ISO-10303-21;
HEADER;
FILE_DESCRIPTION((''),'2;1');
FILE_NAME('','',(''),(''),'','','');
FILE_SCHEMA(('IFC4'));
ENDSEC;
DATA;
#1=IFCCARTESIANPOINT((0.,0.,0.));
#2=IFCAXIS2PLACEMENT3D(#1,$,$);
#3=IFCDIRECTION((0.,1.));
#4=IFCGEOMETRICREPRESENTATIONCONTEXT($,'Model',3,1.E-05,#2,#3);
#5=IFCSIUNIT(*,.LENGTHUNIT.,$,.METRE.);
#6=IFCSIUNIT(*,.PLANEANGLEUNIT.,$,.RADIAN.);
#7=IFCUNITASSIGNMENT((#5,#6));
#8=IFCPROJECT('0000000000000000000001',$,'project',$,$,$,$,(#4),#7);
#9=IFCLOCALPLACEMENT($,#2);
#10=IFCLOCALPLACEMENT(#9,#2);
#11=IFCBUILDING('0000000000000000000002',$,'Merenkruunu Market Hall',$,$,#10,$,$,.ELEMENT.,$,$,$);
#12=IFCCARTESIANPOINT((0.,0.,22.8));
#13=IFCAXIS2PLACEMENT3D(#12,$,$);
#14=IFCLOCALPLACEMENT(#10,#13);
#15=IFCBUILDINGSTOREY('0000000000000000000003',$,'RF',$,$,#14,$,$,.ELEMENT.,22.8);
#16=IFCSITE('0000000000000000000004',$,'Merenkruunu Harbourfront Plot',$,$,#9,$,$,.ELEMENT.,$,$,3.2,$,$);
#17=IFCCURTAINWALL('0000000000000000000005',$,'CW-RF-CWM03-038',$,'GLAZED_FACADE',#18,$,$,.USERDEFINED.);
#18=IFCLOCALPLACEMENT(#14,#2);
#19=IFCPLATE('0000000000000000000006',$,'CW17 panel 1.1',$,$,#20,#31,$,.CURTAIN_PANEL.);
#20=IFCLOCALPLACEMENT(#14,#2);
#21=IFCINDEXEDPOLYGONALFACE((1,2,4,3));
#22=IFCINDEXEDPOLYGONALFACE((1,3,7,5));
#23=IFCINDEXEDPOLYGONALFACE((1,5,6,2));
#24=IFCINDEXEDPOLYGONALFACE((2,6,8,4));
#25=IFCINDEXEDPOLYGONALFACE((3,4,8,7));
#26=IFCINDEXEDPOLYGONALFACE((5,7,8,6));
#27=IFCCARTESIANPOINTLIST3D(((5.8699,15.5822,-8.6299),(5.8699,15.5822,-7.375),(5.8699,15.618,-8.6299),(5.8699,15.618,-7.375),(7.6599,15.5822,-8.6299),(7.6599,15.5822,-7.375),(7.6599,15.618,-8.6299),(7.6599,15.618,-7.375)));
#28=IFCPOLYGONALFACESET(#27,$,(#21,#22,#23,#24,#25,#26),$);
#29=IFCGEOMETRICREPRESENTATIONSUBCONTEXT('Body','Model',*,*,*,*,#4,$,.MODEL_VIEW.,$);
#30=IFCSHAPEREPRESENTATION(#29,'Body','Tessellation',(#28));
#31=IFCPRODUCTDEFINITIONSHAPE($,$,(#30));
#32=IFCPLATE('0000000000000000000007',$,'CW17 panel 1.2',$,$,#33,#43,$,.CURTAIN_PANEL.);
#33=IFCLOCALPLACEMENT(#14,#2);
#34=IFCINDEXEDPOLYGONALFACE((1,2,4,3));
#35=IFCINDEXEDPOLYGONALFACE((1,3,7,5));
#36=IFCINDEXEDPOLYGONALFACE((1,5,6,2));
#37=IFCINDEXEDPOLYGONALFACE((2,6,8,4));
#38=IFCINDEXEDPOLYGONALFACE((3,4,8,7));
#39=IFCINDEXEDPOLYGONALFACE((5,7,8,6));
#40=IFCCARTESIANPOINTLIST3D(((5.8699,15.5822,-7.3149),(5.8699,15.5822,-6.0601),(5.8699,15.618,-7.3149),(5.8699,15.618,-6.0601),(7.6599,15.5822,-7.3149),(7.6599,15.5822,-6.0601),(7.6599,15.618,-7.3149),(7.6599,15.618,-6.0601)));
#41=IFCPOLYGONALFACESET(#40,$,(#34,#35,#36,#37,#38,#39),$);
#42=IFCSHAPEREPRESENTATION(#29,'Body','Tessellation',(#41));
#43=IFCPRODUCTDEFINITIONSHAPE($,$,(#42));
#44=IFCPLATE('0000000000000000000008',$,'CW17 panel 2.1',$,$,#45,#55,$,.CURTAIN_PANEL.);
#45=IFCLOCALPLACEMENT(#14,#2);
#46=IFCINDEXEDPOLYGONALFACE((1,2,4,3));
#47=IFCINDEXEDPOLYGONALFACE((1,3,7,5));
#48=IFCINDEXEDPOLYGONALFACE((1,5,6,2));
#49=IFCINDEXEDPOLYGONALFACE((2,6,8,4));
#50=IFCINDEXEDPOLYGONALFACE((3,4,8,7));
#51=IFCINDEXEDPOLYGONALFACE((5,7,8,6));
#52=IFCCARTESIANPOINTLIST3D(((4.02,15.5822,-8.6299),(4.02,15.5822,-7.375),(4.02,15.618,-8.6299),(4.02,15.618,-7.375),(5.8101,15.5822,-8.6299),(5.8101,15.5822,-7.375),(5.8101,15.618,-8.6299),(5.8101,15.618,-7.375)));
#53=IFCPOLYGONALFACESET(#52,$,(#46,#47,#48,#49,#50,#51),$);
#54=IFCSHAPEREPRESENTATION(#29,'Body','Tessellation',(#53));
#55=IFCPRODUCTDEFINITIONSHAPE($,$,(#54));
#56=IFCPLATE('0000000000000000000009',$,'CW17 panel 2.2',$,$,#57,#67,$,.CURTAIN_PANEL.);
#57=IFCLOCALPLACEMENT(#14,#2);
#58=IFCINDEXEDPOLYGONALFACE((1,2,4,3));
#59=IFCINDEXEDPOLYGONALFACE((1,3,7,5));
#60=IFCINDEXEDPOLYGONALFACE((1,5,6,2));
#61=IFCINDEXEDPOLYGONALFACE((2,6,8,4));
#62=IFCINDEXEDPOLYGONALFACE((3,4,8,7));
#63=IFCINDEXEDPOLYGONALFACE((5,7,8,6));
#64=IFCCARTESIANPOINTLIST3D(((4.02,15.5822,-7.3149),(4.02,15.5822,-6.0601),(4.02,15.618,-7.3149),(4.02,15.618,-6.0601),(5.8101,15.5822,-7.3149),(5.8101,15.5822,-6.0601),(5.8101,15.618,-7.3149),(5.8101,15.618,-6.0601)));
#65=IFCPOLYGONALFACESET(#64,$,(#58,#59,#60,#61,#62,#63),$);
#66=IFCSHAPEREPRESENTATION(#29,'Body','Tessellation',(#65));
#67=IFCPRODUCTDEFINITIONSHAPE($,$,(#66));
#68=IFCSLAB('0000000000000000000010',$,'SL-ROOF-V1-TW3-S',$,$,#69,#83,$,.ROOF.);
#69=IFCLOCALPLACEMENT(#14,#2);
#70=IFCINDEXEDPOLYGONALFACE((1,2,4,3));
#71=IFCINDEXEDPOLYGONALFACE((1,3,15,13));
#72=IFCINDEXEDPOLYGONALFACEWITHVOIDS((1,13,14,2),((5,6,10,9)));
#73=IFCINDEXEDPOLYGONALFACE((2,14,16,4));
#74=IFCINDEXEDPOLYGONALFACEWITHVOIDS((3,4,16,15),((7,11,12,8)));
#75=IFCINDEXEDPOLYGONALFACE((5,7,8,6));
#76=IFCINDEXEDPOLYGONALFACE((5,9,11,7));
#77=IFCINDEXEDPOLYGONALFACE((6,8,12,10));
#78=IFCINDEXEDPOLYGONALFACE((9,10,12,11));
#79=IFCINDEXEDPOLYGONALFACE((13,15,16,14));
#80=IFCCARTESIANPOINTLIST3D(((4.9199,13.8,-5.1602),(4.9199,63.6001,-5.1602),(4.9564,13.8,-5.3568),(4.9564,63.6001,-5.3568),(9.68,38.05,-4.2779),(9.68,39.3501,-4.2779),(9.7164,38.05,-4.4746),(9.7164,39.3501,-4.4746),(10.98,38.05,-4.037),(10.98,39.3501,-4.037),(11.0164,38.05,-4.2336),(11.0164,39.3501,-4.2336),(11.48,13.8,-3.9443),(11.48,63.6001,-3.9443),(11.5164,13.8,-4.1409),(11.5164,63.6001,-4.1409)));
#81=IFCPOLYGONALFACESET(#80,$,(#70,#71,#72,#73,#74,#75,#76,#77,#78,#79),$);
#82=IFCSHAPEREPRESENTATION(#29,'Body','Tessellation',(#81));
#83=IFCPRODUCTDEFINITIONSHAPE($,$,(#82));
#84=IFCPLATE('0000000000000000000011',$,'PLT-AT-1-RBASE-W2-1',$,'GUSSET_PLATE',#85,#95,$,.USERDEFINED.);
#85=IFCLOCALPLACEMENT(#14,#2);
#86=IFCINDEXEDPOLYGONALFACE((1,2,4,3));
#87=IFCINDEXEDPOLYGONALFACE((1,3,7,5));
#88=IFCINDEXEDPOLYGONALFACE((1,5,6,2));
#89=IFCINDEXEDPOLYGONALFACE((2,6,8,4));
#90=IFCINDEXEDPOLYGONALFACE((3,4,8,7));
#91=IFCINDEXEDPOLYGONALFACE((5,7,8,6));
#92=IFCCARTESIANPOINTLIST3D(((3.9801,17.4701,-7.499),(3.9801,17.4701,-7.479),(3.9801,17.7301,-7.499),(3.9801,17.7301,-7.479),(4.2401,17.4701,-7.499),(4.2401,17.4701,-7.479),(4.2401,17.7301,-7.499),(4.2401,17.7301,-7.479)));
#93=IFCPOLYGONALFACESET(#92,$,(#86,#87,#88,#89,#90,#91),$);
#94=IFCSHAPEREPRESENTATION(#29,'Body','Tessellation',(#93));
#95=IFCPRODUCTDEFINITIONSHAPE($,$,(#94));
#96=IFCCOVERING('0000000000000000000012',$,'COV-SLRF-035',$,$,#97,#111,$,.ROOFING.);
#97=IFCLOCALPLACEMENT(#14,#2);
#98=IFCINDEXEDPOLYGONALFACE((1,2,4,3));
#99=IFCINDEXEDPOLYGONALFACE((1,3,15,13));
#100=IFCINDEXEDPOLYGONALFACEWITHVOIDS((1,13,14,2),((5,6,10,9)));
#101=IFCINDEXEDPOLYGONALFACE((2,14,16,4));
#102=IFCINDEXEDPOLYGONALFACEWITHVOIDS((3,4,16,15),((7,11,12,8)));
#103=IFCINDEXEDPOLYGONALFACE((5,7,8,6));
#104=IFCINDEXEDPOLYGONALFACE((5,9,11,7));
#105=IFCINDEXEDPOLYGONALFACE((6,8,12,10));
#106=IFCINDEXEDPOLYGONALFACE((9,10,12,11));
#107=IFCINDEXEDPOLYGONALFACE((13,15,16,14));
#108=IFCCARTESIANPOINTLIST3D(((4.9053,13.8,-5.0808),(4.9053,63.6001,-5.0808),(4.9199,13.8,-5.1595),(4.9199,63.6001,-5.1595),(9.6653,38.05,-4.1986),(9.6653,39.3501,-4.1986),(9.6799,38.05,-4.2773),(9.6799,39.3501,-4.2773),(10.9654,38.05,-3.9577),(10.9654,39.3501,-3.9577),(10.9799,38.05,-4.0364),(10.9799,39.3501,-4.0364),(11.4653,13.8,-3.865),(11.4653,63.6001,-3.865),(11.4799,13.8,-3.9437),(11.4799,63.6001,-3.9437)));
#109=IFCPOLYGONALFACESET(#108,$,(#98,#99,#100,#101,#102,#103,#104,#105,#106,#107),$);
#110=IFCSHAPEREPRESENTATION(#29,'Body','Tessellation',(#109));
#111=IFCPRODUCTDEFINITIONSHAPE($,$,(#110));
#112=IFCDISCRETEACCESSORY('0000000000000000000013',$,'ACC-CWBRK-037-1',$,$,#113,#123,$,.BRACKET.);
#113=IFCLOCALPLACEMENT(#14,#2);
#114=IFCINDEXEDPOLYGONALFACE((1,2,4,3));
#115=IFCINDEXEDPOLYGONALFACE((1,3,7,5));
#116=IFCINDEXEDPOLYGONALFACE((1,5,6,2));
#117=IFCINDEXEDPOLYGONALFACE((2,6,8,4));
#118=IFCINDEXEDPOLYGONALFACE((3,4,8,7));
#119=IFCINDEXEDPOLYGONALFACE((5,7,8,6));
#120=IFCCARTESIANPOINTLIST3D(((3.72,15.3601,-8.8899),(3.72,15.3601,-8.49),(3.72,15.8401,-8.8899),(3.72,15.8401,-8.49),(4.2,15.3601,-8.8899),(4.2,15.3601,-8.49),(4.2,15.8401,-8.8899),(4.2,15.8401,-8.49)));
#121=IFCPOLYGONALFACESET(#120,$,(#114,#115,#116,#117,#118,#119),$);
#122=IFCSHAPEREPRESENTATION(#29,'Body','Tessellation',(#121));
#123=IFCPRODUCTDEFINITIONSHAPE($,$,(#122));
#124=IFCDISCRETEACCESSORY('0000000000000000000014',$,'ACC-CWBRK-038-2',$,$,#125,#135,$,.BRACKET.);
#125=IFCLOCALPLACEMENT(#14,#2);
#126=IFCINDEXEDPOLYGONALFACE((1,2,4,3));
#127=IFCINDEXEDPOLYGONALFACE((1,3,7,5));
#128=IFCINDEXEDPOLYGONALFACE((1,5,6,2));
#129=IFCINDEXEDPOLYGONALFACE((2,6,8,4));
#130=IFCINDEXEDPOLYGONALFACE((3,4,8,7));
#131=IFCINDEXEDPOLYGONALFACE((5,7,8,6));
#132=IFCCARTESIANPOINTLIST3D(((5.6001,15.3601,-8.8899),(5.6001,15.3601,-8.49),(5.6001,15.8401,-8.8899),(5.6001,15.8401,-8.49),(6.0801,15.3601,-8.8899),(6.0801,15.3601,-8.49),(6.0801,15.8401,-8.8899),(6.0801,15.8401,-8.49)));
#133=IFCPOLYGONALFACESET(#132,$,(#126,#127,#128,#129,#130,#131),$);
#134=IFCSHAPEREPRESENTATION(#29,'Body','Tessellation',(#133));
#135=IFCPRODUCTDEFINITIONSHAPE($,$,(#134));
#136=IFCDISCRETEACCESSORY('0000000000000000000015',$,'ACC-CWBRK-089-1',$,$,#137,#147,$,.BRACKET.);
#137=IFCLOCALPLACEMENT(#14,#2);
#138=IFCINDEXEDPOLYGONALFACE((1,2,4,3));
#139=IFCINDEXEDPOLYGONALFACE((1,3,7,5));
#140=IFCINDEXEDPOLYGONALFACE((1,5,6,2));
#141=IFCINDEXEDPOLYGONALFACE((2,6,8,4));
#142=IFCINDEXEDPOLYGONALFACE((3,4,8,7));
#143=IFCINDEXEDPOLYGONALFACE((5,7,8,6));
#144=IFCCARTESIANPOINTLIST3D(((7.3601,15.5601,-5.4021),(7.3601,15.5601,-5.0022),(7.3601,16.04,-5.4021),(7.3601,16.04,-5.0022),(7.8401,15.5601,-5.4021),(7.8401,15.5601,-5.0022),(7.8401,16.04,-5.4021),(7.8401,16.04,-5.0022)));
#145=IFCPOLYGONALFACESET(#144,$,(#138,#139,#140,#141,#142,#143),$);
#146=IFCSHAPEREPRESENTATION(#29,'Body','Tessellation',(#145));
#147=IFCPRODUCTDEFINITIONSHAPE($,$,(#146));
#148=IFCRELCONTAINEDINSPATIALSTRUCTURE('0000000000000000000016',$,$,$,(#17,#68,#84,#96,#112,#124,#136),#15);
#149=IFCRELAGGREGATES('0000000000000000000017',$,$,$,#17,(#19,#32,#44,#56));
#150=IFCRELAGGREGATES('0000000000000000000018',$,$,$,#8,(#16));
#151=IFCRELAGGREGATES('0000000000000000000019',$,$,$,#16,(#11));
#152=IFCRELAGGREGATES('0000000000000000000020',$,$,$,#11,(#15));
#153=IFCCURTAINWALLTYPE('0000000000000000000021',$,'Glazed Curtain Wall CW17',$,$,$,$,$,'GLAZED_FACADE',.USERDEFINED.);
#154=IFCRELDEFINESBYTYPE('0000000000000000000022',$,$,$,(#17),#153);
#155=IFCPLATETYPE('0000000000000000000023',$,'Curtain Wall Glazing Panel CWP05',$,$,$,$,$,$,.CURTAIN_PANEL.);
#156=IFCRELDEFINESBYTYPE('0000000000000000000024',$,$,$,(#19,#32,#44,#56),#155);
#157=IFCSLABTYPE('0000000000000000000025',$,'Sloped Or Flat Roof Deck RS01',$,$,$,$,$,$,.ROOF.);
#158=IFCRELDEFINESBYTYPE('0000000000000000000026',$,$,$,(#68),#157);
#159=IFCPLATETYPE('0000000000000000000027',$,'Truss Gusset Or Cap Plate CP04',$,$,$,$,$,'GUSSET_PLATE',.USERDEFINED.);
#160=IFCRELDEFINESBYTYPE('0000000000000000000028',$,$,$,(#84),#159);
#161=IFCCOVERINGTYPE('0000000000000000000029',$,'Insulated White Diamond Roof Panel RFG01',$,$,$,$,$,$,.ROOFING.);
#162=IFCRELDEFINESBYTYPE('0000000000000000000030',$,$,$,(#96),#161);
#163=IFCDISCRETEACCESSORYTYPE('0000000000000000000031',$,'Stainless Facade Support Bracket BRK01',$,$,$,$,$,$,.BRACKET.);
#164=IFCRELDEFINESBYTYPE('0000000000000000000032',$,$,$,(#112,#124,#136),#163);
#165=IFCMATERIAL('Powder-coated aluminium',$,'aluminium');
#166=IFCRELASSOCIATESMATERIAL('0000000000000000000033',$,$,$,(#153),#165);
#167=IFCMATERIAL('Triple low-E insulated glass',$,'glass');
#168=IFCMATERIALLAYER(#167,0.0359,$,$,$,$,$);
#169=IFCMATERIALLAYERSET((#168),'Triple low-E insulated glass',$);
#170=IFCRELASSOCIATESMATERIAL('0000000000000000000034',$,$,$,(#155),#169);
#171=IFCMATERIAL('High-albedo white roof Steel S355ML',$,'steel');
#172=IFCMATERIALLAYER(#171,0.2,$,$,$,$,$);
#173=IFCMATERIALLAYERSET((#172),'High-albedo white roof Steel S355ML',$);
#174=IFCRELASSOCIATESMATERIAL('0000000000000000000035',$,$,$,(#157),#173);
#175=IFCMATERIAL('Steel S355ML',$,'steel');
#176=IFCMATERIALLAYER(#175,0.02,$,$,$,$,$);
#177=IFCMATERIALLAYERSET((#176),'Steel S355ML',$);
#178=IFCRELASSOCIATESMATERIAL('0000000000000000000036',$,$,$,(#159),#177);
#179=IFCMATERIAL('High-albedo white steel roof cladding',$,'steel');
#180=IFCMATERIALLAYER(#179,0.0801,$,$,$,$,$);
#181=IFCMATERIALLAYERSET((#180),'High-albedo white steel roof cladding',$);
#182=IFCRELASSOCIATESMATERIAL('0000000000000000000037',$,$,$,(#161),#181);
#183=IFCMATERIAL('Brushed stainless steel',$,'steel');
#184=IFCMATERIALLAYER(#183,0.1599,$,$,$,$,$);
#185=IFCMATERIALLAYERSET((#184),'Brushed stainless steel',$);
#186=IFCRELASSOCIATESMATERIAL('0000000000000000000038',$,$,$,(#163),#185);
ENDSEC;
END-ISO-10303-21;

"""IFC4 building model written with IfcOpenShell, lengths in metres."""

from ifc_helpers import new_model, si_unit, direction, frame, origin, origin_2d, place, context, subcontext, project, spatial, polyline, rectangle, outline, extrude, material, layer, layer_set, type_object, element, aggregate, save


model = new_model("IFC4")

# Units and contexts
model_context = context("Model", 3, precision=1e-05, world=origin(), true_north=direction((0.0, 1.0)))
body_context = subcontext(model_context, "Body", "Model", "MODEL_VIEW")
ifc_project = project(units=[si_unit("LENGTHUNIT", "METRE"), si_unit("PLANEANGLEUNIT", "RADIAN")], contexts=[model_context])

# Site, building, storey
site_placement = place(None, origin())
site = spatial("IfcSite", under=ifc_project, at=site_placement, Name="Merenkruunu Harbourfront Plot", CompositionType="ELEMENT", RefElevation=3.2)
building_placement = place(site_placement, origin())
building = spatial("IfcBuilding", under=site, at=building_placement, Name="Merenkruunu Market Hall", CompositionType="ELEMENT")
storey_placement = place(building_placement, frame((0.0, 0.0, 22.8)))
storey = spatial("IfcBuildingStorey", under=building, at=storey_placement, Name="RF", CompositionType="ELEMENT", Elevation=22.8)

# Shared definitions
ifc_material_1 = material(Name="Powder-coated aluminium", Category="aluminium")

# Curtain wall
curtain_wall_type_1 = type_object("IfcCurtainWallType", Name="Glazed Curtain Wall CW17", ElementType="GLAZED_FACADE", PredefinedType="USERDEFINED", material=ifc_material_1)
curtain_wall_1_placement = place(storey_placement, origin())
curtain_wall_1 = element("IfcCurtainWall", 1, at=curtain_wall_1_placement, inside=storey, type_object=curtain_wall_type_1, Name="CW-RF-CWM03-038", ObjectType="GLAZED_FACADE", PredefinedType="USERDEFINED")

# Plates
ifc_material_2 = material(Name="Triple low-E insulated glass", Category="glass")
ifc_layer_1 = layer(ifc_material_2, 0.0359)
ifc_layer_set_1 = layer_set([ifc_layer_1], Name="Triple low-E insulated glass")
plate_type_1 = type_object("IfcPlateType", Name="Curtain Wall Glazing Panel CWP05", PredefinedType="CURTAIN_PANEL", material=ifc_layer_set_1)
plate_1_placement = place(storey_placement, frame((6.7649, 15.6001, -8.6299), z_axis=(0.0, 0.0, 1.0), x_axis=(-1.0, 0.0, 0.0)))
plate_1 = element("IfcPlate", 2, at=plate_1_placement, type_object=plate_type_1, Name="CW17 panel 1.1", PredefinedType="CURTAIN_PANEL", context=body_context, shape_type="SweptSolid", body=[
    extrude(rectangle(XDim=1.79, YDim=0.0359, at=origin_2d()), origin(), (0.0, 0.0, 1.0), 1.2549),
])
plate_2_placement = place(storey_placement, frame((6.7649, 15.6001, -7.3149), z_axis=(0.0, 0.0, 1.0), x_axis=(-1.0, 0.0, 0.0)))
plate_2 = element("IfcPlate", 3, at=plate_2_placement, type_object=plate_type_1, Name="CW17 panel 1.2", PredefinedType="CURTAIN_PANEL", context=body_context, shape_type="SweptSolid", body=[
    extrude(rectangle(XDim=1.79, YDim=0.0359, at=origin_2d()), origin(), (0.0, 0.0, 1.0), 1.2549),
])
plate_3_placement = place(storey_placement, frame((4.915, 15.6001, -8.6299), z_axis=(0.0, 0.0, 1.0), x_axis=(-1.0, 0.0, 0.0)))
plate_3 = element("IfcPlate", 4, at=plate_3_placement, type_object=plate_type_1, Name="CW17 panel 2.1", PredefinedType="CURTAIN_PANEL", context=body_context, shape_type="SweptSolid", body=[
    extrude(rectangle(XDim=1.79, YDim=0.0359, at=origin_2d()), origin(), (0.0, 0.0, 1.0), 1.2549),
])
plate_4_placement = place(storey_placement, frame((4.915, 15.6001, -7.3149), z_axis=(0.0, 0.0, 1.0), x_axis=(-1.0, 0.0, 0.0)))
plate_4 = element("IfcPlate", 5, at=plate_4_placement, type_object=plate_type_1, Name="CW17 panel 2.2", PredefinedType="CURTAIN_PANEL", context=body_context, shape_type="SweptSolid", body=[
    extrude(rectangle(XDim=1.79, YDim=0.0359, at=origin_2d()), origin(), (0.0, 0.0, 1.0), 1.2549),
])
aggregate(curtain_wall_1, [plate_1, plate_2, plate_3, plate_4])

# Slab
ifc_material_3 = material(Name="High-albedo white roof Steel S355ML", Category="steel")
ifc_layer_2 = layer(ifc_material_3, 0.2)
ifc_layer_set_2 = layer_set([ifc_layer_2], Name="High-albedo white roof Steel S355ML")
slab_type = type_object("IfcSlabType", Name="Sloped Or Flat Roof Deck RS01", PredefinedType="ROOF", material=ifc_layer_set_2)
slab_placement = place(storey_placement, frame((4.9199, 13.8, -5.1602), z_axis=(-0.182233, 0.0, 0.983255), x_axis=(0.983255, 0.0, 0.182233)))
element("IfcSlab", 6, at=slab_placement, inside=storey, type_object=slab_type, Name="SL-ROOF-V1-TW3-S", PredefinedType="ROOF", context=body_context, shape_type="SweptSolid", body=[
    extrude(outline(polyline([(0.0, 0.0), (6.6718, 0.0), (6.6718, 49.8), (0.0, 49.8), (0.0, 0.0)]), holes=[polyline([(4.8411, 24.25), (6.1633, 24.25), (6.1633, 25.55), (4.8411, 25.55), (4.8411, 24.25)])]), origin(), (0.0, 0.0, -1.0), 0.2),
])

# Plate
ifc_material_4 = material(Name="Steel S355ML", Category="steel")
ifc_layer_3 = layer(ifc_material_4, 0.02)
ifc_layer_set_3 = layer_set([ifc_layer_3], Name="Steel S355ML")
plate_type_2 = type_object("IfcPlateType", Name="Truss Gusset Or Cap Plate CP04", ElementType="GUSSET_PLATE", PredefinedType="USERDEFINED", material=ifc_layer_set_3)
plate_5_placement = place(storey_placement, frame((4.1101, 17.6001, -7.499), z_axis=(0.0, 0.0, 1.0), x_axis=(1.0, 0.0, 0.0)))
element("IfcPlate", 7, at=plate_5_placement, inside=storey, type_object=plate_type_2, Name="PLT-AT-1-RBASE-W2-1", ObjectType="GUSSET_PLATE", PredefinedType="USERDEFINED", context=body_context, shape_type="SweptSolid", body=[
    extrude(rectangle(XDim=0.26, YDim=0.26, at=origin_2d()), origin(), (0.0, 0.0, 1.0), 0.02),
])

# Covering
ifc_material_5 = material(Name="High-albedo white steel roof cladding", Category="steel")
ifc_layer_4 = layer(ifc_material_5, 0.0801)
ifc_layer_set_4 = layer_set([ifc_layer_4], Name="High-albedo white steel roof cladding")
covering_type = type_object("IfcCoveringType", Name="Insulated White Diamond Roof Panel RFG01", PredefinedType="ROOFING", material=ifc_layer_set_4)
covering_placement = place(storey_placement, frame((4.9053, 13.8, -5.0808), z_axis=(-0.182233, 0.0, 0.983255), x_axis=(0.983255, 0.0, 0.182233)))
element("IfcCovering", 8, at=covering_placement, inside=storey, type_object=covering_type, Name="COV-SLRF-035", PredefinedType="ROOFING", context=body_context, shape_type="SweptSolid", body=[
    extrude(outline(polyline([(0.0, 0.0), (6.6718, 0.0), (6.6718, 49.8), (0.0, 49.8), (0.0, 0.0)]), holes=[polyline([(4.8411, 24.25), (6.1633, 24.25), (6.1633, 25.55), (4.8411, 25.55), (4.8411, 24.25)])]), origin(), (0.0, 0.0, -1.0), 0.0801),
])

# Discrete accessories
ifc_material_6 = material(Name="Brushed stainless steel", Category="steel")
ifc_layer_5 = layer(ifc_material_6, 0.1599)
ifc_layer_set_5 = layer_set([ifc_layer_5], Name="Brushed stainless steel")
discrete_accessory_type = type_object("IfcDiscreteAccessoryType", Name="Stainless Facade Support Bracket BRK01", PredefinedType="BRACKET", material=ifc_layer_set_5)
for number, where, z_axis, x_axis, name in (
    (9, (3.96, 15.6001, -8.8899), (0.0, 0.0, 1.0), (1.0, 0.0, 0.0), "ACC-CWBRK-037-1"),
    (10, (5.8401, 15.6001, -8.8899), (0.0, 0.0, 1.0), (1.0, 0.0, 0.0), "ACC-CWBRK-038-2"),
    (11, (7.6001, 15.8, -5.4021), (0.0, 0.0, 1.0), (1.0, 0.0, 0.0), "ACC-CWBRK-089-1"),
):
    element("IfcDiscreteAccessory", number, at=place(storey_placement, frame(where, z_axis=z_axis, x_axis=x_axis)), inside=storey, type_object=discrete_accessory_type, Name=name, PredefinedType="BRACKET", context=body_context, shape_type="SweptSolid", body=[
        extrude(rectangle(XDim=0.48, YDim=0.48, at=origin_2d()), origin(), (0.0, 0.0, 1.0), 0.3999),
    ])

save(model, "model.ifc")
